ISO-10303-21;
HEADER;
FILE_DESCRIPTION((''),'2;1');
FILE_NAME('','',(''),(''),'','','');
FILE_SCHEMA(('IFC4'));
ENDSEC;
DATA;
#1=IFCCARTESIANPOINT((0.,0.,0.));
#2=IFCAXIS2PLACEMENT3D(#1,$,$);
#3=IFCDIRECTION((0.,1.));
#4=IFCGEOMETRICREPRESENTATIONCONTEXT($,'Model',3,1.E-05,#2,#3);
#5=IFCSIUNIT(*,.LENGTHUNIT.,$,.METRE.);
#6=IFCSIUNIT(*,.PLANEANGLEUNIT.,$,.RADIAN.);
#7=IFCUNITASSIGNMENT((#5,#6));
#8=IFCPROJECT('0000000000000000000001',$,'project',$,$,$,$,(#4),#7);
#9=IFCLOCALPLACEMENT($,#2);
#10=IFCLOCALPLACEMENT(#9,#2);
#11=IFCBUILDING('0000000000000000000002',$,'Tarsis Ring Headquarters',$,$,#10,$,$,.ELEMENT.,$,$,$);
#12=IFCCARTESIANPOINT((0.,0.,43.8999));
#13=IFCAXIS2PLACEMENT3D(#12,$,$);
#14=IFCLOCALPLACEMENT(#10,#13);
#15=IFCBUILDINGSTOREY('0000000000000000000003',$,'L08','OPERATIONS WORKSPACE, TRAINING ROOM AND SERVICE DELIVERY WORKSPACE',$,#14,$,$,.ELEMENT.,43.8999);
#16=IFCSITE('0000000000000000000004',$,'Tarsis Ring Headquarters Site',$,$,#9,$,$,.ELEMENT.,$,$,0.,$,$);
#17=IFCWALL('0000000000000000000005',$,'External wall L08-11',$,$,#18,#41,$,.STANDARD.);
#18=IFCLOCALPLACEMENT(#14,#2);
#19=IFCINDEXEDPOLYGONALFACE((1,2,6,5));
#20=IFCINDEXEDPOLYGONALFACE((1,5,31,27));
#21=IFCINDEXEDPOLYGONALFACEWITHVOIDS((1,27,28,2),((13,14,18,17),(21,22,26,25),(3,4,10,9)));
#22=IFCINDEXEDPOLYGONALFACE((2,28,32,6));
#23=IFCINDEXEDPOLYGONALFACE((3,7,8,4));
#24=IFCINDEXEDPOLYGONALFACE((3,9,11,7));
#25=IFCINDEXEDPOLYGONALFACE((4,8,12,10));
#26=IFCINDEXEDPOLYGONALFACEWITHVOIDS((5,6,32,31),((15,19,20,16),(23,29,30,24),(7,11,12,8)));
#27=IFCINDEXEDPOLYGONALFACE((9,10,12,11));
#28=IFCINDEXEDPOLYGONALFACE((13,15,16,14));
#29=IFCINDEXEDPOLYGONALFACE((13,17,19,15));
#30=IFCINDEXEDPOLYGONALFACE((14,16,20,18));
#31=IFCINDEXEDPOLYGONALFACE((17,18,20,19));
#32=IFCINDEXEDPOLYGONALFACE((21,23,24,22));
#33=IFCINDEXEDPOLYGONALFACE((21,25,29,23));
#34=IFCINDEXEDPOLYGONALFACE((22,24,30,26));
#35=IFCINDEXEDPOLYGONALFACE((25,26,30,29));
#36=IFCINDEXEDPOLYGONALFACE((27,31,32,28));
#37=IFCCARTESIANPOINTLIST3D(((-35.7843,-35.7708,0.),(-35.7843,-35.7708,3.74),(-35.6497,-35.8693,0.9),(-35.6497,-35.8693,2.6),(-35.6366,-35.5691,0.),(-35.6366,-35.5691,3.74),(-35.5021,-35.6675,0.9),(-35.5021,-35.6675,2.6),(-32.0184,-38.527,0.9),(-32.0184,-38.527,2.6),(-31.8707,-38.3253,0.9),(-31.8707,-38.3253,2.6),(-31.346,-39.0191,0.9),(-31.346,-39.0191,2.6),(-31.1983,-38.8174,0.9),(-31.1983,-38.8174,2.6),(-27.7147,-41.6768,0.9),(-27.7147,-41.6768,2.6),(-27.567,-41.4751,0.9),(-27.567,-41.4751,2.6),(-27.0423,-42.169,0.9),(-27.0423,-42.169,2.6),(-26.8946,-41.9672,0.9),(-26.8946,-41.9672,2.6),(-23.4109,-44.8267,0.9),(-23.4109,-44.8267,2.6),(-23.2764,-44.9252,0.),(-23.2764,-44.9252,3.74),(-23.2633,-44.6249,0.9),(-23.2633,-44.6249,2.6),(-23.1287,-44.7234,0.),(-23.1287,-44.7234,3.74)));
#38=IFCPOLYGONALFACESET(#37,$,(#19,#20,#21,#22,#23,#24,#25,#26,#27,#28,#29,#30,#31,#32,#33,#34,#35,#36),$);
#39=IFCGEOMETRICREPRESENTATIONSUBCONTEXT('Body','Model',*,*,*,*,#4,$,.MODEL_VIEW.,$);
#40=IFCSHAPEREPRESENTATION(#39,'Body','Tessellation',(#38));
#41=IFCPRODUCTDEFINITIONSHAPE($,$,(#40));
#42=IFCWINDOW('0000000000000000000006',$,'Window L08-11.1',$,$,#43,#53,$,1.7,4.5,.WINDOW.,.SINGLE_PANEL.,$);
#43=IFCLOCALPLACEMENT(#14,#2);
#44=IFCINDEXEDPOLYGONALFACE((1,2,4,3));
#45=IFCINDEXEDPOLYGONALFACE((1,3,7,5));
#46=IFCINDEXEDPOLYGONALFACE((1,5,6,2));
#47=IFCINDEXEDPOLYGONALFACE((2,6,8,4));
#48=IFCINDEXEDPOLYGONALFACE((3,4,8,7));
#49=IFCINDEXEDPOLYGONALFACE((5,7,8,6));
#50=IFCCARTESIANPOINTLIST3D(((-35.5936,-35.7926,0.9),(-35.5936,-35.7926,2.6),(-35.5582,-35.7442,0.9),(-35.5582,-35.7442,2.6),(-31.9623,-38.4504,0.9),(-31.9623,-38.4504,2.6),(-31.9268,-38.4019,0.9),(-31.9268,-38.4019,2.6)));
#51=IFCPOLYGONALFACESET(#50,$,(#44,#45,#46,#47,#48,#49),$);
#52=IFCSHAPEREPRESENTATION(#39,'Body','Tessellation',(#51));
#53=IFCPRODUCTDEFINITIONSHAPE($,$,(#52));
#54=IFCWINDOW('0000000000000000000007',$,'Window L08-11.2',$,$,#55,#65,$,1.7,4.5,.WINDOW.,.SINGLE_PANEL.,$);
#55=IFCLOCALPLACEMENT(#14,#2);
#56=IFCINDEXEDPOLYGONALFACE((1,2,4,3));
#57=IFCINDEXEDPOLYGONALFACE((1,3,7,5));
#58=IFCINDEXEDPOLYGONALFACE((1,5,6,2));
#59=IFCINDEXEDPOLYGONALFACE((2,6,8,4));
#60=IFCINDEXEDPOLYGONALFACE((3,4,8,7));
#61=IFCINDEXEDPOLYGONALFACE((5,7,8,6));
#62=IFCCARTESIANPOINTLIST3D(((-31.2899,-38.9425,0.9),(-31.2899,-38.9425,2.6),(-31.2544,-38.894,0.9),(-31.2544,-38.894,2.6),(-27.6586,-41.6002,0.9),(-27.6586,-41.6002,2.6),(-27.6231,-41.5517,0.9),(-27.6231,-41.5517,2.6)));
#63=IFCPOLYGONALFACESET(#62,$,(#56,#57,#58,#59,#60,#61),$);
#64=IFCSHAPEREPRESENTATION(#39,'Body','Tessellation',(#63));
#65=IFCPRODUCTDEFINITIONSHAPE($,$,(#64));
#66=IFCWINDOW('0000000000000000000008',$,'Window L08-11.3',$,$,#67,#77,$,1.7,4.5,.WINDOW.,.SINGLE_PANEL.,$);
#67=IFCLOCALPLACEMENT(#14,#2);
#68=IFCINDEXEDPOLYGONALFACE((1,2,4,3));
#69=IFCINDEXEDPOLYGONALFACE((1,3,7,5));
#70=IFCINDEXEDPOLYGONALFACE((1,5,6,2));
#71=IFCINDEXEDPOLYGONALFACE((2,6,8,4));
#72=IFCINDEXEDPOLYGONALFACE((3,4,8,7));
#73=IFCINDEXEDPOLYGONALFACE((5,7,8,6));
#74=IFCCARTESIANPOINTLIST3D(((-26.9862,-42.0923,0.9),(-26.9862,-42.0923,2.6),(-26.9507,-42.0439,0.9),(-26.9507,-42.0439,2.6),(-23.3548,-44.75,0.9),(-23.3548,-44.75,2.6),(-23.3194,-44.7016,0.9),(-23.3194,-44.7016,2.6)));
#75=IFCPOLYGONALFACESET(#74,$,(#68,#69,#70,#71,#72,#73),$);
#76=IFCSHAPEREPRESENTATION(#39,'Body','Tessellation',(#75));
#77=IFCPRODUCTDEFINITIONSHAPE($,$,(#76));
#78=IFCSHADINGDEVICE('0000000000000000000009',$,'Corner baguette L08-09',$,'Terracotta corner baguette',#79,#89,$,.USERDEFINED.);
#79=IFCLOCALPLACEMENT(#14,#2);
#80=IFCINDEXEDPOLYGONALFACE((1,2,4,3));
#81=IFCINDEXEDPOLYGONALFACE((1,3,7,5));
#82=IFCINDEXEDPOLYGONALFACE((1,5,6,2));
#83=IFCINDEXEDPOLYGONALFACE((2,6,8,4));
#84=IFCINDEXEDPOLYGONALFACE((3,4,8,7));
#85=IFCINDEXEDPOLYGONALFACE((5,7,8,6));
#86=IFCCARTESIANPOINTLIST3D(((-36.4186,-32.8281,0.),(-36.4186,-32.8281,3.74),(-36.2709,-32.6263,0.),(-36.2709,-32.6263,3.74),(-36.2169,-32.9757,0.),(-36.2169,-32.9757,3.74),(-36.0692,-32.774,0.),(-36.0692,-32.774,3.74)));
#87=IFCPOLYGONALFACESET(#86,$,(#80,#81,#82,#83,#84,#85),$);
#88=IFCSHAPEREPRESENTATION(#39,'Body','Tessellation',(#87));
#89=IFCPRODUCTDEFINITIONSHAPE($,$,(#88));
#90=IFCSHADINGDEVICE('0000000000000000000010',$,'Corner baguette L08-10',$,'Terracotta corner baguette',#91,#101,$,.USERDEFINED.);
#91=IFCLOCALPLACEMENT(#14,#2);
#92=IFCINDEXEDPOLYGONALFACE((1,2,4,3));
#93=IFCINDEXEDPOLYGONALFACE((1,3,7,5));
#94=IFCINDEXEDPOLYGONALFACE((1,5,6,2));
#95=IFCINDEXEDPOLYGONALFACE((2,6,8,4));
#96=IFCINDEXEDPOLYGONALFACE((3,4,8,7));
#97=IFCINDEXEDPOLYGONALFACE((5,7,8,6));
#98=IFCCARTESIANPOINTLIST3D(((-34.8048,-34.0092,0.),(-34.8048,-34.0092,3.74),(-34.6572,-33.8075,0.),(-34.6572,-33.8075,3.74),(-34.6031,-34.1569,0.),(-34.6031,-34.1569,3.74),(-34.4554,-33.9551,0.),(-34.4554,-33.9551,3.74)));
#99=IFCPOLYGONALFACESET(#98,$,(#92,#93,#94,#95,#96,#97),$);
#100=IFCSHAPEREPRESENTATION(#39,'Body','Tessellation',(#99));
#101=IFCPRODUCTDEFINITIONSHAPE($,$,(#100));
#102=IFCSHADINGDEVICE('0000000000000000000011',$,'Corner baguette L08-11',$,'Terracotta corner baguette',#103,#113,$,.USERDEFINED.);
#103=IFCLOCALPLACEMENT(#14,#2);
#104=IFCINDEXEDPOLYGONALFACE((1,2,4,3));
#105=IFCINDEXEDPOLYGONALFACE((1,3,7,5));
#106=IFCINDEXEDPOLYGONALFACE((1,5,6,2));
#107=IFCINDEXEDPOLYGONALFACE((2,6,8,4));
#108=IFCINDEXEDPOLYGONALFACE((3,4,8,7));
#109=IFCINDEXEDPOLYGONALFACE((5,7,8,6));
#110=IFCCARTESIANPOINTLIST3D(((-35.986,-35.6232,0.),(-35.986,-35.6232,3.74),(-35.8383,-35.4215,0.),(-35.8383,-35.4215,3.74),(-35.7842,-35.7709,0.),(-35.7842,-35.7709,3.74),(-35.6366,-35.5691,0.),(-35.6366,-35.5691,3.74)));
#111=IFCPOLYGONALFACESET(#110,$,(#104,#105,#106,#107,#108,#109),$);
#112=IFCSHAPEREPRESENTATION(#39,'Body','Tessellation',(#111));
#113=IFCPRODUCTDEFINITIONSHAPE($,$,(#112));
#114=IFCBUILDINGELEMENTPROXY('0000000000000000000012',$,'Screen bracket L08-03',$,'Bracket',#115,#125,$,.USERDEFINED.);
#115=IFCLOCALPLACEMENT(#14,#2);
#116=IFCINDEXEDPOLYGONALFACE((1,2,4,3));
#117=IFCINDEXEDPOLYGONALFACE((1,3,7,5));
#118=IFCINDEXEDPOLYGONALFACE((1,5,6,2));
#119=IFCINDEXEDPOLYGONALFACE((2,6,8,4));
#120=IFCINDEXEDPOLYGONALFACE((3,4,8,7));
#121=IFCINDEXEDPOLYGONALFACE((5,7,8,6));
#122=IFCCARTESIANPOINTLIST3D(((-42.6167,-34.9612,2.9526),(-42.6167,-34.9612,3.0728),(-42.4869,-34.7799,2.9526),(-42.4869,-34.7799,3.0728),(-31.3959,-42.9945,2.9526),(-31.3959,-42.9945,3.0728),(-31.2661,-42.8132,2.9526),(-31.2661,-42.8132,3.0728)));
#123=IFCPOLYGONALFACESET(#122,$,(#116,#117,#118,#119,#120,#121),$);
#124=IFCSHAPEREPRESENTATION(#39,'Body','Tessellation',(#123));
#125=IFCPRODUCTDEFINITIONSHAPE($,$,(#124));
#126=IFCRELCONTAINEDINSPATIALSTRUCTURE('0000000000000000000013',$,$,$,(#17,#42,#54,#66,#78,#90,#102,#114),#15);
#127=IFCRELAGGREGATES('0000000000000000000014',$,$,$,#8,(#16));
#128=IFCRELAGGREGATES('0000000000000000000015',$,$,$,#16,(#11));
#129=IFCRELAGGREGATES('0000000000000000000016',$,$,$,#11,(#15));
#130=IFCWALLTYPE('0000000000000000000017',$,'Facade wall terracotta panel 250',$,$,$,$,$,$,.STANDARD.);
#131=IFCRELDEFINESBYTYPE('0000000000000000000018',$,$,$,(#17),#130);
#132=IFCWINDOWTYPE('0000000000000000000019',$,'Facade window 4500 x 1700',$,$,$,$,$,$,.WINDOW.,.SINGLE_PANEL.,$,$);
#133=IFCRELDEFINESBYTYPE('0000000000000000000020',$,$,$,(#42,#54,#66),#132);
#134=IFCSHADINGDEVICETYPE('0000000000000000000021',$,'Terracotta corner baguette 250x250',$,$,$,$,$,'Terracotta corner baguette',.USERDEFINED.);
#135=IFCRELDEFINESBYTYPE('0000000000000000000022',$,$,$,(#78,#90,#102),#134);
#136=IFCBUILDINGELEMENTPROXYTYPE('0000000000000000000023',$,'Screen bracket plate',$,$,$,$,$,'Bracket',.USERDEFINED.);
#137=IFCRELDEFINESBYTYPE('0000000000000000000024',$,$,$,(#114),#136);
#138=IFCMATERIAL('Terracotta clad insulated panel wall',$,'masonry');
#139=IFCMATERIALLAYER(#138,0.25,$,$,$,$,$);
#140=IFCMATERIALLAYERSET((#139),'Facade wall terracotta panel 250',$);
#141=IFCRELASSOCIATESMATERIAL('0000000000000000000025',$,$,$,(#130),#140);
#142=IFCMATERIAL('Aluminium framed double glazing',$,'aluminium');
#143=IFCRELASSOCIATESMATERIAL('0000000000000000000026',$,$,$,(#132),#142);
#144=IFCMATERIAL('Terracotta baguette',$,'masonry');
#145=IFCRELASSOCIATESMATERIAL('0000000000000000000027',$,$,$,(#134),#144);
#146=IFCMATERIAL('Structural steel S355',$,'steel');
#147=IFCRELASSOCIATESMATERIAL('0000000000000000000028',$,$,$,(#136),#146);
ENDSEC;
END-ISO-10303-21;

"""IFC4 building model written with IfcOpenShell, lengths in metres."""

from ifc_helpers import new_model, si_unit, direction, frame, frame_2d, origin, origin_2d, place, context, subcontext, project, spatial, rectangle, extrude, material, layer, layer_set, type_object, element, fill, save


model = new_model("IFC4")

# Units and contexts
model_context = context("Model", 3, precision=1e-05, world=origin(), true_north=direction((0.0, 1.0)))
body_context = subcontext(model_context, "Body", "Model", "MODEL_VIEW")
ifc_project = project(units=[si_unit("LENGTHUNIT", "METRE"), si_unit("PLANEANGLEUNIT", "RADIAN")], contexts=[model_context])

# Site, building, storey
site_placement = place(None, origin())
site = spatial("IfcSite", under=ifc_project, at=site_placement, Name="Tarsis Ring Headquarters Site", CompositionType="ELEMENT", RefElevation=0.0)
building_placement = place(site_placement, origin())
building = spatial("IfcBuilding", under=site, at=building_placement, Name="Tarsis Ring Headquarters", CompositionType="ELEMENT")
storey_placement = place(building_placement, frame((0.0, 0.0, 43.8999)))
storey = spatial("IfcBuildingStorey", under=building, at=storey_placement, Name="L08", Description="OPERATIONS WORKSPACE, TRAINING ROOM AND SERVICE DELIVERY WORKSPACE", CompositionType="ELEMENT", Elevation=43.8999)

# Shared definitions
ifc_material_1 = material(Name="Structural steel S355", Category="steel")

# Shared definitions
ifc_material_2 = material(Name="Terracotta clad insulated panel wall", Category="masonry")
ifc_layer_1 = layer(ifc_material_2, 0.25)
ifc_layer_set_1 = layer_set([ifc_layer_1], Name="Facade wall terracotta panel 250")
wall_type_1 = type_object("IfcWallType", Name="Facade wall terracotta panel 250", PredefinedType="STANDARD", material=ifc_layer_set_1)

# Wall, openings, windows
wall_1_placement = place(storey_placement, frame((-35.7104, -35.6699, 0.0), z_axis=(0.0, 0.0, 1.0), x_axis=(0.806961, -0.590604, 0.0)))
wall_1 = element("IfcWall", 1, at=wall_1_placement, inside=storey, type_object=wall_type_1, Name="External wall L08-11", PredefinedType="STANDARD", context=body_context, shape_type="SweptSolid", body=[
    extrude(rectangle(XDim=15.5, YDim=0.25, at=frame_2d((7.75, 0.0))), origin(), (0.0, 0.0, 1.0), 3.74),
])
opening_1_placement = place(wall_1_placement, frame((0.1667, 0.0, 0.8999)))
opening_1 = element("IfcOpeningElement", 2, at=opening_1_placement, cuts=wall_1, PredefinedType="OPENING", context=body_context, shape_type="SweptSolid", body=[
    extrude(rectangle(XDim=4.5, YDim=1.7, at=frame_2d((2.25, 0.8501))), frame((0.0, 0.135, 0.0), z_axis=(0.0, -1.0, 0.0), x_axis=(1.0, 0.0, 0.0)), (0.0, 0.0, 1.0), 0.27),
])
opening_2_placement = place(wall_1_placement, frame((5.5, 0.0, 0.8999)))
opening_2 = element("IfcOpeningElement", 3, at=opening_2_placement, cuts=wall_1, PredefinedType="OPENING", context=body_context, shape_type="SweptSolid", body=[
    extrude(rectangle(XDim=4.5, YDim=1.7, at=frame_2d((2.25, 0.8501))), frame((0.0, 0.135, 0.0), z_axis=(0.0, -1.0, 0.0), x_axis=(1.0, 0.0, 0.0)), (0.0, 0.0, 1.0), 0.27),
])
opening_3_placement = place(wall_1_placement, frame((10.8333, 0.0, 0.8999)))
opening_3 = element("IfcOpeningElement", 4, at=opening_3_placement, cuts=wall_1, PredefinedType="OPENING", context=body_context, shape_type="SweptSolid", body=[
    extrude(rectangle(XDim=4.5, YDim=1.7, at=frame_2d((2.25, 0.8501))), frame((0.0, 0.135, 0.0), z_axis=(0.0, -1.0, 0.0), x_axis=(1.0, 0.0, 0.0)), (0.0, 0.0, 1.0), 0.27),
])
ifc_material_3 = material(Name="Aluminium framed double glazing", Category="aluminium")
window_type = type_object("IfcWindowType", Name="Facade window 4500 x 1700", PartitioningType="SINGLE_PANEL", PredefinedType="WINDOW", material=ifc_material_3)
window_1_placement = place(opening_1_placement, origin())
window_1 = element("IfcWindow", 5, at=window_1_placement, inside=storey, type_object=window_type, Name="Window L08-11.1", OverallHeight=1.7, OverallWidth=4.5, PartitioningType="SINGLE_PANEL", PredefinedType="WINDOW", context=body_context, shape_type="SweptSolid", body=[
    extrude(rectangle(XDim=4.5, YDim=1.7, at=frame_2d((2.25, 0.8501))), frame((0.0, 0.03, 0.0), z_axis=(0.0, -1.0, 0.0), x_axis=(1.0, 0.0, 0.0)), (0.0, 0.0, 1.0), 0.0601),
])
fill(opening_1, window_1)
window_2_placement = place(opening_2_placement, origin())
window_2 = element("IfcWindow", 6, at=window_2_placement, inside=storey, type_object=window_type, Name="Window L08-11.2", OverallHeight=1.7, OverallWidth=4.5, PartitioningType="SINGLE_PANEL", PredefinedType="WINDOW", context=body_context, shape_type="SweptSolid", body=[
    extrude(rectangle(XDim=4.5, YDim=1.7, at=frame_2d((2.25, 0.8501))), frame((0.0, 0.03, 0.0), z_axis=(0.0, -1.0, 0.0), x_axis=(1.0, 0.0, 0.0)), (0.0, 0.0, 1.0), 0.0601),
])
fill(opening_2, window_2)
window_3_placement = place(opening_3_placement, origin())
window_3 = element("IfcWindow", 7, at=window_3_placement, inside=storey, type_object=window_type, Name="Window L08-11.3", OverallHeight=1.7, OverallWidth=4.5, PartitioningType="SINGLE_PANEL", PredefinedType="WINDOW", context=body_context, shape_type="SweptSolid", body=[
    extrude(rectangle(XDim=4.5, YDim=1.7, at=frame_2d((2.25, 0.8501))), frame((0.0, 0.03, 0.0), z_axis=(0.0, -1.0, 0.0), x_axis=(1.0, 0.0, 0.0)), (0.0, 0.0, 1.0), 0.0601),
])
fill(opening_3, window_3)

# Shading devices
ifc_material_4 = material(Name="Terracotta baguette", Category="masonry")
shading_device_type_1 = type_object("IfcShadingDeviceType", Name="Terracotta corner baguette 250x250", ElementType="Terracotta corner baguette", PredefinedType="USERDEFINED", material=ifc_material_4)
for number, where, z_axis, x_axis, name in (
    (8, (-36.2439, -32.801, 0.0), (0.0, 0.0, 1.0), (-0.590606, -0.80696, 0.0), "Corner baguette L08-09"),
    (9, (-34.6301, -33.9822, 0.0), (0.0, 0.0, 1.0), (0.80696, -0.590606, 0.0), "Corner baguette L08-10"),
    (10, (-35.8113, -35.5962, 0.0), (0.0, 0.0, 1.0), (-0.590605, -0.80696, 0.0), "Corner baguette L08-11"),
):
    element("IfcShadingDevice", number, at=place(storey_placement, frame(where, z_axis=z_axis, x_axis=x_axis)), inside=storey, type_object=shading_device_type_1, Name=name, ObjectType="Terracotta corner baguette", PredefinedType="USERDEFINED", context=body_context, shape_type="SweptSolid", body=[
        extrude(rectangle(XDim=0.25, YDim=0.25, at=origin_2d()), origin(), (0.0, 0.0, 1.0), 3.74),
    ])

# Building element proxy
building_element_proxy_type = type_object("IfcBuildingElementProxyType", Name="Screen bracket plate", ElementType="Bracket", PredefinedType="USERDEFINED", material=ifc_material_1)
proxy_placement = place(storey_placement, frame((-36.9414, -38.8872, 2.9526), z_axis=(0.0, 0.0, 1.0), x_axis=(0.813101, -0.582123, 0.0)))
element("IfcBuildingElementProxy", 11, at=proxy_placement, inside=storey, type_object=building_element_proxy_type, Name="Screen bracket L08-03", ObjectType="Bracket", PredefinedType="USERDEFINED", context=body_context, shape_type="SweptSolid", body=[
    extrude(rectangle(XDim=13.8, YDim=0.2229, at=origin_2d()), origin(), (0.0, 0.0, 1.0), 0.1201),
])

save(model, "model.ifc")
